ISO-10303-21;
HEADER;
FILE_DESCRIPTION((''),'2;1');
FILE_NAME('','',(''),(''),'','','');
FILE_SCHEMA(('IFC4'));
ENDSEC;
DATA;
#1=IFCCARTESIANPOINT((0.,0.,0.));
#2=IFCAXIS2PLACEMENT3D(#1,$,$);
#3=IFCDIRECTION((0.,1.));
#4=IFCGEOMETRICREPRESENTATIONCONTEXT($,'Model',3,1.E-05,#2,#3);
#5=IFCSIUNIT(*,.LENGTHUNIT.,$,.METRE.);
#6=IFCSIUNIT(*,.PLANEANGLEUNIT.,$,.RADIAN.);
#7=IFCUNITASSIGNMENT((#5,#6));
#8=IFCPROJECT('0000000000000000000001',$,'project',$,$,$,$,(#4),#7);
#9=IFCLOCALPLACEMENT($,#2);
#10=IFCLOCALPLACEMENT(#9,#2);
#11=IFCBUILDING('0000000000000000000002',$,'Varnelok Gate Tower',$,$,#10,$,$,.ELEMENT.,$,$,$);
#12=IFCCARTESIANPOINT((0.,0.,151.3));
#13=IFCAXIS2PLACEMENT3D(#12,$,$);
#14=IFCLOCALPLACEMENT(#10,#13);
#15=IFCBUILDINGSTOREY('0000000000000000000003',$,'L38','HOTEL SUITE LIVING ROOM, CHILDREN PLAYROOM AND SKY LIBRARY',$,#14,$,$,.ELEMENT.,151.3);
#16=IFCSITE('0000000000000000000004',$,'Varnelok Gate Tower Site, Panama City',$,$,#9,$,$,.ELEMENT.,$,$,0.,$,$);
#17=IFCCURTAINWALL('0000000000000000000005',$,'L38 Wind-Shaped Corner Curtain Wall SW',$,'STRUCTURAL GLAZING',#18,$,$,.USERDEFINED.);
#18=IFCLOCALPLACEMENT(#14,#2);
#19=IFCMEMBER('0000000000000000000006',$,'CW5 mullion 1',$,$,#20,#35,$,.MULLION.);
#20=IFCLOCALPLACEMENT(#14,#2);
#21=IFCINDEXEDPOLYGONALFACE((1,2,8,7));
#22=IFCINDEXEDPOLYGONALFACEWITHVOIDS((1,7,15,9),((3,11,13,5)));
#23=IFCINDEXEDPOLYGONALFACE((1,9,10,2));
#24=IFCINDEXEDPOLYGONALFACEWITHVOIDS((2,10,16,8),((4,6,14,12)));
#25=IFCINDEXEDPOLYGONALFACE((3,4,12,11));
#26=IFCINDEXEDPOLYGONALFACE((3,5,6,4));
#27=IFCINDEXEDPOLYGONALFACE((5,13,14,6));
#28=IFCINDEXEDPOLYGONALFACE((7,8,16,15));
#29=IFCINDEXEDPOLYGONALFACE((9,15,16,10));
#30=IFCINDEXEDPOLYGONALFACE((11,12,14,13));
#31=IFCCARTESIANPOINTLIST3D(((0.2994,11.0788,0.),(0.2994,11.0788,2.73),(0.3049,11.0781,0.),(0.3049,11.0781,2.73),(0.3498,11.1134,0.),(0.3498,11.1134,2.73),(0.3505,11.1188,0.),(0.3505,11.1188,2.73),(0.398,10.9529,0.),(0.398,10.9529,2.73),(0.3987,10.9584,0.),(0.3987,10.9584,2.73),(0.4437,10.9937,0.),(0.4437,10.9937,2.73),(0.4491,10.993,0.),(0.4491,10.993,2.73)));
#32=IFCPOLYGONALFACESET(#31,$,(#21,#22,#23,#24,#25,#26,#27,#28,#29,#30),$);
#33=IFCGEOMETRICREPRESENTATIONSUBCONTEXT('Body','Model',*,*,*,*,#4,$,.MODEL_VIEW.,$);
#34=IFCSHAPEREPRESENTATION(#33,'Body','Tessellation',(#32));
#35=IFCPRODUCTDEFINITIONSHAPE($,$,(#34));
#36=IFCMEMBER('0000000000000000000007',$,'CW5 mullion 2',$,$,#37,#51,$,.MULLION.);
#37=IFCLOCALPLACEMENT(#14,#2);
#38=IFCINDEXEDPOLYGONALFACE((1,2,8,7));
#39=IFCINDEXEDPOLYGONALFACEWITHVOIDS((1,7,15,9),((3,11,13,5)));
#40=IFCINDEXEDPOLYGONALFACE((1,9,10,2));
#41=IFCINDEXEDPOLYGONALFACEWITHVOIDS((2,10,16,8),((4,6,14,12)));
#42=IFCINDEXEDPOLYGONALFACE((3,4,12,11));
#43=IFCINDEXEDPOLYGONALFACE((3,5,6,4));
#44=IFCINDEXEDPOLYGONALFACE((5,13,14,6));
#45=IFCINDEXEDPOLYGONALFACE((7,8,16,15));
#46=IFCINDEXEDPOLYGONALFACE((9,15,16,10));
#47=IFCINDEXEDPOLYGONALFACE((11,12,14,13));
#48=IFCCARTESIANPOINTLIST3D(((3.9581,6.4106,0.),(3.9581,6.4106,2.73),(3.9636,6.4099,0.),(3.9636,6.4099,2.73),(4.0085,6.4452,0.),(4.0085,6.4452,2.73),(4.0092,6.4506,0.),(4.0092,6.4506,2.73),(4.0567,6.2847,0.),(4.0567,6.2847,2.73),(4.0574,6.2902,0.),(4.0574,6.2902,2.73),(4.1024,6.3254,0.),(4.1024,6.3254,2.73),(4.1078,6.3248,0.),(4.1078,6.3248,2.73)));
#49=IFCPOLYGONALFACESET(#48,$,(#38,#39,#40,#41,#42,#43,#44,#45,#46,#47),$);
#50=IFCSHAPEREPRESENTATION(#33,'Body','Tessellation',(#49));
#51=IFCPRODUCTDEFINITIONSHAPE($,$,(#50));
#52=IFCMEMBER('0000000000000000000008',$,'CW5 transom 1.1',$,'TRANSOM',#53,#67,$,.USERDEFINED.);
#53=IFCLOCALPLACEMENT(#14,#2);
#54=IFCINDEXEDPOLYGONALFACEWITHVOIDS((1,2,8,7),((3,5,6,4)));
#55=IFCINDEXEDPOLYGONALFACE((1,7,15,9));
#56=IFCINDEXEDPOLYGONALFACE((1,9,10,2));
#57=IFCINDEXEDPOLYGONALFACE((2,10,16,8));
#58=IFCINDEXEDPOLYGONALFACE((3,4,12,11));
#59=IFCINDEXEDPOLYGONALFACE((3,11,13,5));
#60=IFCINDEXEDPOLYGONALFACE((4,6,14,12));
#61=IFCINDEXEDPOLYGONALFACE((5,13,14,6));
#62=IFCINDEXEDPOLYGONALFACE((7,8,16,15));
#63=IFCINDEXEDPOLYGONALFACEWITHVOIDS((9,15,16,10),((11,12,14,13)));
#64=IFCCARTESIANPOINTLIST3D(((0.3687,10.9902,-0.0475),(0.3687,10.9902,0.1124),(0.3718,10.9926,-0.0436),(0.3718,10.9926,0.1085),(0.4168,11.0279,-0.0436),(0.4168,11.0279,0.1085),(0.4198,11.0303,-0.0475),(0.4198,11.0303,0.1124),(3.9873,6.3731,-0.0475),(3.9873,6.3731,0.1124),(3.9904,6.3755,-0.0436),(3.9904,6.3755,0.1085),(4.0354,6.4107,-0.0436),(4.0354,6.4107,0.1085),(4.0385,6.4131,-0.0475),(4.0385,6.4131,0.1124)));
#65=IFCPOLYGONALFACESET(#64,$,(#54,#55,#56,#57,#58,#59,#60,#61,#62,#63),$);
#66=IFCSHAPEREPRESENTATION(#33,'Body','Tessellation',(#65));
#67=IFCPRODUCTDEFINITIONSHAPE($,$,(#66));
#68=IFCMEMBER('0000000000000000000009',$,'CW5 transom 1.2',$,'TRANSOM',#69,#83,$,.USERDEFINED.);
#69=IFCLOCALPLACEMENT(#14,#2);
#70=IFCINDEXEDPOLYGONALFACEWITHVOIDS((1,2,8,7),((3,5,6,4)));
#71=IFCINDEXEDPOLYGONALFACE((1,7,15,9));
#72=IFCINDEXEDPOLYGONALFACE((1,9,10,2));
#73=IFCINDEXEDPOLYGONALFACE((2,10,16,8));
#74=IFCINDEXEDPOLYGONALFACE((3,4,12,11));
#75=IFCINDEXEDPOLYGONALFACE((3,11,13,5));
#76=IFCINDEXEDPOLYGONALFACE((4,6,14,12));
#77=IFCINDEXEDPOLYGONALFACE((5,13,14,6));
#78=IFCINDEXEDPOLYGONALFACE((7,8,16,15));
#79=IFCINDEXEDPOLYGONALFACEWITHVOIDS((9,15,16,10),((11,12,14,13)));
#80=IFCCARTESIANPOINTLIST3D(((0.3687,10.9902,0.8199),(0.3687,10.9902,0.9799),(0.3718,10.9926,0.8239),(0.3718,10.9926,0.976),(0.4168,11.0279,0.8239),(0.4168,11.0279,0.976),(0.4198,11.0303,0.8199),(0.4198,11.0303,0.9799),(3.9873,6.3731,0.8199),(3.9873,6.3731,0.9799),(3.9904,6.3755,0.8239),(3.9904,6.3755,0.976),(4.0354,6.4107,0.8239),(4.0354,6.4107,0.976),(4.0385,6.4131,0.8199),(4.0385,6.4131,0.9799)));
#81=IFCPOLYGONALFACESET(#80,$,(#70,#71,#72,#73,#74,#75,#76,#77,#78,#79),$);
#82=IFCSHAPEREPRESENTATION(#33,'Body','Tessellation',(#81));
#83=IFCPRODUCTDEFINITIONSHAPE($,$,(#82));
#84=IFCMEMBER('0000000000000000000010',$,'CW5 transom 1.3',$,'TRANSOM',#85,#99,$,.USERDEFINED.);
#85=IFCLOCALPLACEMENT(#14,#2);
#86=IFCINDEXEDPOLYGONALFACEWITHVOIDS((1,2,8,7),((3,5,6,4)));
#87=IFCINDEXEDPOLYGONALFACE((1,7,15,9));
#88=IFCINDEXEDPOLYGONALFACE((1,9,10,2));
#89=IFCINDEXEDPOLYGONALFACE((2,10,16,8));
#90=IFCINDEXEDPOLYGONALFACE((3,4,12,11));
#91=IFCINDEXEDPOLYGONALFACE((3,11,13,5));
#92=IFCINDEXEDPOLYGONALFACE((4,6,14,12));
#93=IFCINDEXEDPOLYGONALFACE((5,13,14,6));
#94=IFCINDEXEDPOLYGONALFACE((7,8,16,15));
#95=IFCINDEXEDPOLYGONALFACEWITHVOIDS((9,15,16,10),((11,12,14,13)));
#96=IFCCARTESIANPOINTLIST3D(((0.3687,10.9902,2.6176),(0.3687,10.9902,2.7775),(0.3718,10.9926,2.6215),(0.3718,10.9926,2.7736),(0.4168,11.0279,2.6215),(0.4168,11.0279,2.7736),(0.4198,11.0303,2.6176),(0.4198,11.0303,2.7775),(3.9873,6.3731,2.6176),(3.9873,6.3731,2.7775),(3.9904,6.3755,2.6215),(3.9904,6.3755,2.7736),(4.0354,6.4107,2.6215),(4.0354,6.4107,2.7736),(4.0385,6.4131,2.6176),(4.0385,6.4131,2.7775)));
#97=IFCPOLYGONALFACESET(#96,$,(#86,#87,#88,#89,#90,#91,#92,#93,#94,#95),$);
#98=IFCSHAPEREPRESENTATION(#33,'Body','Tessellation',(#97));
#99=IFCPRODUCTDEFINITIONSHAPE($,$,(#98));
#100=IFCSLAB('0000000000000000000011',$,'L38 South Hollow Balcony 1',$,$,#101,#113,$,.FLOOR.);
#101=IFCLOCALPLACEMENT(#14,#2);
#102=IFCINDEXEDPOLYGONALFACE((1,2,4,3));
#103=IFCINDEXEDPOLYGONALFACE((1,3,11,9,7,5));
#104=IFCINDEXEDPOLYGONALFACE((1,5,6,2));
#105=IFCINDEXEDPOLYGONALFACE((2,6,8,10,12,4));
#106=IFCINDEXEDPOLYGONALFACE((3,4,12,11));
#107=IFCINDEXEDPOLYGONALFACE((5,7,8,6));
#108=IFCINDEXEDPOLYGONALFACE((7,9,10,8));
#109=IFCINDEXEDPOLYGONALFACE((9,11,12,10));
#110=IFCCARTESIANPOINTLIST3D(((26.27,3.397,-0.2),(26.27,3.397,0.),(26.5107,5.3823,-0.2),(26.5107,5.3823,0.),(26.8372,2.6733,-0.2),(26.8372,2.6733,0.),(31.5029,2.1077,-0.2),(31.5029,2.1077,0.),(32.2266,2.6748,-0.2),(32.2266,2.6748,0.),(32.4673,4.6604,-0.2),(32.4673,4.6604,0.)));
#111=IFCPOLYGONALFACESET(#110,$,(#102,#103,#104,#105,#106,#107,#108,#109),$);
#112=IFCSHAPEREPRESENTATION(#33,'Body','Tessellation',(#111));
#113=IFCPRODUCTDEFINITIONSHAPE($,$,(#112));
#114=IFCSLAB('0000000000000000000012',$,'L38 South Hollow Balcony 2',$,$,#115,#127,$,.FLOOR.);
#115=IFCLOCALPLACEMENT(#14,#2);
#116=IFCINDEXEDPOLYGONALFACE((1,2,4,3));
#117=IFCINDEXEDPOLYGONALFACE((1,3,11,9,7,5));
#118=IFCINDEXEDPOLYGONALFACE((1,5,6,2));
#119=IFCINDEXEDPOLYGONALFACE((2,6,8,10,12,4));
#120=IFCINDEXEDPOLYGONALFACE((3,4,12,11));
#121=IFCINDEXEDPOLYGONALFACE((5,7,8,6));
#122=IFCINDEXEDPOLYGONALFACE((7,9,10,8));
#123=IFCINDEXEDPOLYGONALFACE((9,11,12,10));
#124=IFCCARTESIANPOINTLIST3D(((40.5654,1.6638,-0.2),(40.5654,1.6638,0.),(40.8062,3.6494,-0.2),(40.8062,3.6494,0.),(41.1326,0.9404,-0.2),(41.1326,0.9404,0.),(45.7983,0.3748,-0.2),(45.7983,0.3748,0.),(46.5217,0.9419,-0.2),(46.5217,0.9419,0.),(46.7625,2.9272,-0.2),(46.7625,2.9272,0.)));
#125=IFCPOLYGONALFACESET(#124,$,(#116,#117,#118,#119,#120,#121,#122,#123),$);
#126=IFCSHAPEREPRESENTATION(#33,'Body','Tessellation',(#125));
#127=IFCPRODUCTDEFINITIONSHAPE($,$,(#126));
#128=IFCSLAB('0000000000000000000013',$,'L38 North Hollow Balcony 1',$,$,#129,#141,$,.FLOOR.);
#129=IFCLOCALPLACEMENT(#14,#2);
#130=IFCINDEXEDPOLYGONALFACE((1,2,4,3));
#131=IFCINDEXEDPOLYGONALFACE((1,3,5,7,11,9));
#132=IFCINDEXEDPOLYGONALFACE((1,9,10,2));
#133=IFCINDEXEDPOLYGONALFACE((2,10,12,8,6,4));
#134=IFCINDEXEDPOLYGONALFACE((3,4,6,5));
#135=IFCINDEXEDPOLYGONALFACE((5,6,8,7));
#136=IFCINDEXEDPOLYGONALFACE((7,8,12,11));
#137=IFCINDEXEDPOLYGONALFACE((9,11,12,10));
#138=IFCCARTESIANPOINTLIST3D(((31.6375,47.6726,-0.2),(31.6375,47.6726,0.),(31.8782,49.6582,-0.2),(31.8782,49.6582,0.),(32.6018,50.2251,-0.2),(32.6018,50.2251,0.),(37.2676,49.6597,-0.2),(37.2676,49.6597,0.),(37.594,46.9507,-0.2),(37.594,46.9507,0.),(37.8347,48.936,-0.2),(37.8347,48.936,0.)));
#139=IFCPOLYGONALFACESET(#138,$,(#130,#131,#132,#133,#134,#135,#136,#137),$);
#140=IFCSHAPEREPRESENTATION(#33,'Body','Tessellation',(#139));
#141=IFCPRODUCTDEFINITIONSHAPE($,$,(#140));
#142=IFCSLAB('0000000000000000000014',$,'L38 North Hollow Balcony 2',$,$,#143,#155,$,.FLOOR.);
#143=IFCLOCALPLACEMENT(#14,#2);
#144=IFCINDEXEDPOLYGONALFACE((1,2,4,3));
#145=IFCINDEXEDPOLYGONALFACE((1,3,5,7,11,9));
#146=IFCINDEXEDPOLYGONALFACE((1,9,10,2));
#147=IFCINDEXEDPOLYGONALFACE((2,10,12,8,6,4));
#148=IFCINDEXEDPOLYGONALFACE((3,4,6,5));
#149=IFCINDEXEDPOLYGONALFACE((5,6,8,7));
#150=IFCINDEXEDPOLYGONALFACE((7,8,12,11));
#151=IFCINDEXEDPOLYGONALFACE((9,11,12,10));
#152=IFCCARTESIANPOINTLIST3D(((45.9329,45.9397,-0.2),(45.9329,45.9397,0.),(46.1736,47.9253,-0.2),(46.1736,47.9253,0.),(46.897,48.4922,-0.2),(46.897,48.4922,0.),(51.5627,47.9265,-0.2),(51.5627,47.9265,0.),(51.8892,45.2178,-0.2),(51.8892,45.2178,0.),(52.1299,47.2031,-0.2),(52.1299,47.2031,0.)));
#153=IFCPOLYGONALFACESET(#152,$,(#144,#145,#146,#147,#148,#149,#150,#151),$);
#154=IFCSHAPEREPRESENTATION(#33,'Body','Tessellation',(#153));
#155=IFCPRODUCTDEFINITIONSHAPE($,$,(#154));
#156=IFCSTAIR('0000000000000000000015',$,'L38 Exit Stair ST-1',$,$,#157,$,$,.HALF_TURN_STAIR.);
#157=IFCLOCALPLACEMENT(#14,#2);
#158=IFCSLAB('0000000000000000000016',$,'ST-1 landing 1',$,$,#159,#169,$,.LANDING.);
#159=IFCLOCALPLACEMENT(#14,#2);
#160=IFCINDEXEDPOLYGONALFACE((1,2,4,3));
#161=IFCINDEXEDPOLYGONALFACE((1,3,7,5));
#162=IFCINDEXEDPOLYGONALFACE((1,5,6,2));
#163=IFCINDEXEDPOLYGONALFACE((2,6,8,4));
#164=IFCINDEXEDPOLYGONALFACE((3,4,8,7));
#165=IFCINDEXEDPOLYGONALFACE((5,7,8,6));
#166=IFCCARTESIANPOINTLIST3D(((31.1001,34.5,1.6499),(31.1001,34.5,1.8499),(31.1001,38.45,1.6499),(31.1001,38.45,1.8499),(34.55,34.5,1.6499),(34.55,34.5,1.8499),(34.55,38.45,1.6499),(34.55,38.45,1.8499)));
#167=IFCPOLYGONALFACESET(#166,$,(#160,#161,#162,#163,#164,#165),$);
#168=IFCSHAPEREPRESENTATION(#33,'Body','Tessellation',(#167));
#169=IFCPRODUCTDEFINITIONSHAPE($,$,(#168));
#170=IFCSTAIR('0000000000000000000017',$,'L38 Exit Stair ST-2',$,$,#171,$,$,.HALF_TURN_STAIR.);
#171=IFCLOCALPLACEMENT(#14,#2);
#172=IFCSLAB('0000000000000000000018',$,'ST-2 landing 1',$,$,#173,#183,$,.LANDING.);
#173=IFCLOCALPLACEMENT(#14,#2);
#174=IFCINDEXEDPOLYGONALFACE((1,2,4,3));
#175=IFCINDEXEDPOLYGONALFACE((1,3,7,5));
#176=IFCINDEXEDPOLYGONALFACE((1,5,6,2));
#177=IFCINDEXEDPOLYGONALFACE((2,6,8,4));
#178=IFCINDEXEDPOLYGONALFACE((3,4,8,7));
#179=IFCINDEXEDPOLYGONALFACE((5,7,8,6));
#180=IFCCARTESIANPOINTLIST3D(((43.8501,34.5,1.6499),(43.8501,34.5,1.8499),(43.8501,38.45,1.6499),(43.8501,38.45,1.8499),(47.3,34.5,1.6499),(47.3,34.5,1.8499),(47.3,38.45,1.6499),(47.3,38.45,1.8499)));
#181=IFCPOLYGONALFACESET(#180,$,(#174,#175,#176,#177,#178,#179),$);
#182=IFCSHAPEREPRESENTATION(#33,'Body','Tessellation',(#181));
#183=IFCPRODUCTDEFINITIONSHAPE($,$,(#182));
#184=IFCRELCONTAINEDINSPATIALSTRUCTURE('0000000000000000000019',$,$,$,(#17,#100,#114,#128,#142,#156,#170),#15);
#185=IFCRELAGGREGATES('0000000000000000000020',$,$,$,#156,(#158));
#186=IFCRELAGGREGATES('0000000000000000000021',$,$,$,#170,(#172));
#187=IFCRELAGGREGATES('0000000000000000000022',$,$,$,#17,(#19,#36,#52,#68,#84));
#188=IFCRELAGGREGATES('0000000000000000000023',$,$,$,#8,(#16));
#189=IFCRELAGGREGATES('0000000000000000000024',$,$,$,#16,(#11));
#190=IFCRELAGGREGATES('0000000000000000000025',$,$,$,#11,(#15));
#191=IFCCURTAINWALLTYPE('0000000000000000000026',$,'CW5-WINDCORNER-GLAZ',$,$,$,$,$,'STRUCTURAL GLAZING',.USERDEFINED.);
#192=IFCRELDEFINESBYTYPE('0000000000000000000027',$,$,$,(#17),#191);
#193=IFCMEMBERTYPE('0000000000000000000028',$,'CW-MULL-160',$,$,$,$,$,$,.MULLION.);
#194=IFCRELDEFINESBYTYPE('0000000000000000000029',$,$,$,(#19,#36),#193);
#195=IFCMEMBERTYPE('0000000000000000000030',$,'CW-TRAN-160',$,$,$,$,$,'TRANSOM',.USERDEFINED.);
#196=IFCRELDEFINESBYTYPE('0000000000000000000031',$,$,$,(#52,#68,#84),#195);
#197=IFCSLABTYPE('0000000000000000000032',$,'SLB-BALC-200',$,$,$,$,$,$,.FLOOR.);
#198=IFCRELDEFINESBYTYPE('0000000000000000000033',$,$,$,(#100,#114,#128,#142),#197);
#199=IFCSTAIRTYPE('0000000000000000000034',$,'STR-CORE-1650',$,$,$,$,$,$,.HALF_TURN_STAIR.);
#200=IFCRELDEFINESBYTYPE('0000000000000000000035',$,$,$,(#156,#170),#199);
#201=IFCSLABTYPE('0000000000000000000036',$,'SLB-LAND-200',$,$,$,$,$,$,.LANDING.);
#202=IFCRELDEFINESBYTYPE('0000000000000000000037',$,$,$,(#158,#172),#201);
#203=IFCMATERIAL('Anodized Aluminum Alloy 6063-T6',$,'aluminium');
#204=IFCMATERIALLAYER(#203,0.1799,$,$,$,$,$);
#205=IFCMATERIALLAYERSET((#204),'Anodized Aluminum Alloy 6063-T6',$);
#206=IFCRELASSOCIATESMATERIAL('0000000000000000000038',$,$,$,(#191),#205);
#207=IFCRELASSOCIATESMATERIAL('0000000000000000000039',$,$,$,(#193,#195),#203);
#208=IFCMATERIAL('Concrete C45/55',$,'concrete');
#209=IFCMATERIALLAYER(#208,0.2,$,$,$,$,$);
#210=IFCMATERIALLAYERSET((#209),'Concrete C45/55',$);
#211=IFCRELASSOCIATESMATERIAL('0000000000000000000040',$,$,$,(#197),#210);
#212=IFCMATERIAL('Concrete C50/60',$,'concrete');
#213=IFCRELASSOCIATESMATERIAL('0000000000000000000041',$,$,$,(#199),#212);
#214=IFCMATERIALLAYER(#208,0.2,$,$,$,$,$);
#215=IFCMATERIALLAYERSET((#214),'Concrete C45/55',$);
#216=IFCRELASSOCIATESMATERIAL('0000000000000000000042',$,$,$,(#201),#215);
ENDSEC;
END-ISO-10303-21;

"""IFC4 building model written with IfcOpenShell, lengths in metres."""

from ifc_helpers import new_model, si_unit, direction, frame, origin, origin_2d, place, context, subcontext, project, spatial, polyline, hollow_rectangle, outline, extrude, material, layer, layer_set, material_profile, profile_set, type_object, element, aggregate, save


model = new_model("IFC4")

# Units and contexts
model_context = context("Model", 3, precision=1e-05, world=origin(), true_north=direction((0.0, 1.0)))
body_context = subcontext(model_context, "Body", "Model", "MODEL_VIEW")
ifc_project = project(units=[si_unit("LENGTHUNIT", "METRE"), si_unit("PLANEANGLEUNIT", "RADIAN")], contexts=[model_context])

# Site, building, storey
site_placement = place(None, origin())
site = spatial("IfcSite", under=ifc_project, at=site_placement, Name="Varnelok Gate Tower Site, Panama City", CompositionType="ELEMENT", RefElevation=0.0)
building_placement = place(site_placement, origin())
building = spatial("IfcBuilding", under=site, at=building_placement, Name="Varnelok Gate Tower", CompositionType="ELEMENT")
storey_placement = place(building_placement, frame((0.0, 0.0, 151.3)))
storey = spatial("IfcBuildingStorey", under=building, at=storey_placement, Name="L38", Description="HOTEL SUITE LIVING ROOM, CHILDREN PLAYROOM AND SKY LIBRARY", CompositionType="ELEMENT", Elevation=151.3)

# Curtain wall, members
ifc_material_1 = material(Name="Anodized Aluminum Alloy 6063-T6", Category="aluminium")
ifc_layer_1 = layer(ifc_material_1, 0.1799)
ifc_layer_set_1 = layer_set([ifc_layer_1], Name="Anodized Aluminum Alloy 6063-T6")
curtain_wall_type = type_object("IfcCurtainWallType", Name="CW5-WINDCORNER-GLAZ", ElementType="STRUCTURAL GLAZING", PredefinedType="USERDEFINED", material=ifc_layer_set_1)
curtain_wall_placement = place(storey_placement, origin())
curtain_wall = element("IfcCurtainWall", 1, at=curtain_wall_placement, inside=storey, type_object=curtain_wall_type, Name="L38 Wind-Shaped Corner Curtain Wall SW", ObjectType="STRUCTURAL GLAZING", PredefinedType="USERDEFINED")
ifc_material_profile_1 = material_profile(ifc_material_1, hollow_rectangle(XDim=0.0649, YDim=0.1599, WallThickness=0.0039, at=origin_2d()), Name="ALU160X65X4")
ifc_profile_set_1 = profile_set([ifc_material_profile_1], Name="Anodized Aluminum Alloy 6063-T6")
member_type_1 = type_object("IfcMemberType", Name="CW-MULL-160", PredefinedType="MULLION", material=ifc_profile_set_1)
member_1_placement = place(storey_placement, frame((0.3743, 11.0359, 0.0), z_axis=(0.0, 0.0, 1.0), x_axis=(0.787055, 0.616883, 0.0)))
member_1 = element("IfcMember", 2, at=member_1_placement, type_object=member_type_1, Name="CW5 mullion 1", PredefinedType="MULLION", context=body_context, shape_type="SweptSolid", body=[
    extrude(hollow_rectangle(XDim=0.0649, YDim=0.1599, WallThickness=0.0039, at=origin_2d()), origin(), (0.0, 0.0, 1.0), 2.73),
])
member_2_placement = place(storey_placement, frame((4.033, 6.3677, 0.0), z_axis=(0.0, 0.0, 1.0), x_axis=(0.787055, 0.616883, 0.0)))
member_2 = element("IfcMember", 3, at=member_2_placement, type_object=member_type_1, Name="CW5 mullion 2", PredefinedType="MULLION", context=body_context, shape_type="SweptSolid", body=[
    extrude(hollow_rectangle(XDim=0.0649, YDim=0.1599, WallThickness=0.0039, at=origin_2d()), origin(), (0.0, 0.0, 1.0), 2.73),
])
ifc_material_profile_2 = material_profile(ifc_material_1, hollow_rectangle(XDim=0.0649, YDim=0.1599, WallThickness=0.0039, at=origin_2d()), Name="ALU160X65X4")
ifc_profile_set_2 = profile_set([ifc_material_profile_2], Name="Anodized Aluminum Alloy 6063-T6")
member_type_2 = type_object("IfcMemberType", Name="CW-TRAN-160", ElementType="TRANSOM", PredefinedType="USERDEFINED", material=ifc_profile_set_2)
member_3_placement = place(storey_placement, frame((0.3943, 11.0103, 0.0325), z_axis=(0.616858, -0.787074, 0.0), x_axis=(0.787074, 0.616858, 0.0)))
member_3 = element("IfcMember", 4, at=member_3_placement, type_object=member_type_2, Name="CW5 transom 1.1", ObjectType="TRANSOM", PredefinedType="USERDEFINED", context=body_context, shape_type="SweptSolid", body=[
    extrude(hollow_rectangle(XDim=0.0649, YDim=0.1599, WallThickness=0.0039, at=origin_2d()), origin(), (0.0, 0.0, 1.0), 5.8662),
])
member_4_placement = place(storey_placement, frame((0.3943, 11.0103, 0.8999), z_axis=(0.616858, -0.787074, 0.0), x_axis=(0.787074, 0.616858, 0.0)))
member_4 = element("IfcMember", 5, at=member_4_placement, type_object=member_type_2, Name="CW5 transom 1.2", ObjectType="TRANSOM", PredefinedType="USERDEFINED", context=body_context, shape_type="SweptSolid", body=[
    extrude(hollow_rectangle(XDim=0.0649, YDim=0.1599, WallThickness=0.0039, at=origin_2d()), origin(), (0.0, 0.0, 1.0), 5.8662),
])
member_5_placement = place(storey_placement, frame((0.3943, 11.0103, 2.6975), z_axis=(0.616858, -0.787074, 0.0), x_axis=(0.787074, 0.616858, 0.0)))
member_5 = element("IfcMember", 6, at=member_5_placement, type_object=member_type_2, Name="CW5 transom 1.3", ObjectType="TRANSOM", PredefinedType="USERDEFINED", context=body_context, shape_type="SweptSolid", body=[
    extrude(hollow_rectangle(XDim=0.0649, YDim=0.1599, WallThickness=0.0039, at=origin_2d()), origin(), (0.0, 0.0, 1.0), 5.8662),
])

# Slabs
ifc_material_2 = material(Name="Concrete C45/55", Category="concrete")
ifc_layer_2 = layer(ifc_material_2, 0.2)
ifc_layer_set_2 = layer_set([ifc_layer_2], Name="Concrete C45/55")
slab_type_1 = type_object("IfcSlabType", Name="SLB-BALC-200", PredefinedType="FLOOR", material=ifc_layer_set_2)
slab_1_placement = place(storey_placement, frame((0.0, 0.0, -0.2)))
element("IfcSlab", 7, at=slab_1_placement, inside=storey, type_object=slab_type_1, Name="L38 South Hollow Balcony 1", PredefinedType="FLOOR", context=body_context, shape_type="SweptSolid", body=[
    extrude(outline(polyline([(26.27, 3.397), (26.8372, 2.6733), (31.5029, 2.1077), (32.2266, 2.6748), (32.4673, 4.6604), (26.5107, 5.3823), (26.27, 3.397)])), origin(), (0.0, 0.0, 1.0), 0.2),
])
slab_2_placement = place(storey_placement, frame((0.0, 0.0, -0.2)))
element("IfcSlab", 8, at=slab_2_placement, inside=storey, type_object=slab_type_1, Name="L38 South Hollow Balcony 2", PredefinedType="FLOOR", context=body_context, shape_type="SweptSolid", body=[
    extrude(outline(polyline([(40.5654, 1.6638), (41.1326, 0.9404), (45.7983, 0.3748), (46.5217, 0.9419), (46.7625, 2.9272), (40.8062, 3.6494), (40.5654, 1.6638)])), origin(), (0.0, 0.0, 1.0), 0.2),
])
slab_3_placement = place(storey_placement, frame((0.0, 0.0, -0.2)))
element("IfcSlab", 9, at=slab_3_placement, inside=storey, type_object=slab_type_1, Name="L38 North Hollow Balcony 1", PredefinedType="FLOOR", context=body_context, shape_type="SweptSolid", body=[
    extrude(outline(polyline([(31.6375, 47.6726), (37.594, 46.9507), (37.8347, 48.936), (37.2676, 49.6597), (32.6018, 50.2251), (31.8782, 49.6582), (31.6375, 47.6726)])), origin(), (0.0, 0.0, 1.0), 0.2),
])
slab_4_placement = place(storey_placement, frame((0.0, 0.0, -0.2)))
element("IfcSlab", 10, at=slab_4_placement, inside=storey, type_object=slab_type_1, Name="L38 North Hollow Balcony 2", PredefinedType="FLOOR", context=body_context, shape_type="SweptSolid", body=[
    extrude(outline(polyline([(45.9329, 45.9397), (51.8892, 45.2178), (52.1299, 47.2031), (51.5627, 47.9265), (46.897, 48.4922), (46.1736, 47.9253), (45.9329, 45.9397)])), origin(), (0.0, 0.0, 1.0), 0.2),
])

# Stairs, slabs
ifc_material_3 = material(Name="Concrete C50/60", Category="concrete")
stair_type = type_object("IfcStairType", Name="STR-CORE-1650", PredefinedType="HALF_TURN_STAIR", material=ifc_material_3)
stair_1_placement = place(storey_placement, origin())
stair_1 = element("IfcStair", 11, at=stair_1_placement, inside=storey, type_object=stair_type, Name="L38 Exit Stair ST-1", PredefinedType="HALF_TURN_STAIR")
ifc_layer_3 = layer(ifc_material_2, 0.2)
ifc_layer_set_3 = layer_set([ifc_layer_3], Name="Concrete C45/55")
slab_type_2 = type_object("IfcSlabType", Name="SLB-LAND-200", PredefinedType="LANDING", material=ifc_layer_set_3)
slab_5_placement = place(storey_placement, frame((0.0, 0.0, 1.6499)))
slab_5 = element("IfcSlab", 12, at=slab_5_placement, type_object=slab_type_2, Name="ST-1 landing 1", PredefinedType="LANDING", context=body_context, shape_type="SweptSolid", body=[
    extrude(outline(polyline([(34.55, 34.5), (34.55, 38.45), (31.1001, 38.45), (31.1001, 34.5), (34.55, 34.5)])), origin(), (0.0, 0.0, 1.0), 0.2),
])
aggregate(stair_1, [slab_5])
stair_2_placement = place(storey_placement, origin())
stair_2 = element("IfcStair", 13, at=stair_2_placement, inside=storey, type_object=stair_type, Name="L38 Exit Stair ST-2", PredefinedType="HALF_TURN_STAIR")
slab_6_placement = place(storey_placement, frame((0.0, 0.0, 1.6499)))
slab_6 = element("IfcSlab", 14, at=slab_6_placement, type_object=slab_type_2, Name="ST-2 landing 1", PredefinedType="LANDING", context=body_context, shape_type="SweptSolid", body=[
    extrude(outline(polyline([(47.3, 34.5), (47.3, 38.45), (43.8501, 38.45), (43.8501, 34.5), (47.3, 34.5)])), origin(), (0.0, 0.0, 1.0), 0.2),
])
aggregate(stair_2, [slab_6])

aggregate(curtain_wall, [member_1, member_2, member_3, member_4, member_5])

save(model, "model.ifc")
